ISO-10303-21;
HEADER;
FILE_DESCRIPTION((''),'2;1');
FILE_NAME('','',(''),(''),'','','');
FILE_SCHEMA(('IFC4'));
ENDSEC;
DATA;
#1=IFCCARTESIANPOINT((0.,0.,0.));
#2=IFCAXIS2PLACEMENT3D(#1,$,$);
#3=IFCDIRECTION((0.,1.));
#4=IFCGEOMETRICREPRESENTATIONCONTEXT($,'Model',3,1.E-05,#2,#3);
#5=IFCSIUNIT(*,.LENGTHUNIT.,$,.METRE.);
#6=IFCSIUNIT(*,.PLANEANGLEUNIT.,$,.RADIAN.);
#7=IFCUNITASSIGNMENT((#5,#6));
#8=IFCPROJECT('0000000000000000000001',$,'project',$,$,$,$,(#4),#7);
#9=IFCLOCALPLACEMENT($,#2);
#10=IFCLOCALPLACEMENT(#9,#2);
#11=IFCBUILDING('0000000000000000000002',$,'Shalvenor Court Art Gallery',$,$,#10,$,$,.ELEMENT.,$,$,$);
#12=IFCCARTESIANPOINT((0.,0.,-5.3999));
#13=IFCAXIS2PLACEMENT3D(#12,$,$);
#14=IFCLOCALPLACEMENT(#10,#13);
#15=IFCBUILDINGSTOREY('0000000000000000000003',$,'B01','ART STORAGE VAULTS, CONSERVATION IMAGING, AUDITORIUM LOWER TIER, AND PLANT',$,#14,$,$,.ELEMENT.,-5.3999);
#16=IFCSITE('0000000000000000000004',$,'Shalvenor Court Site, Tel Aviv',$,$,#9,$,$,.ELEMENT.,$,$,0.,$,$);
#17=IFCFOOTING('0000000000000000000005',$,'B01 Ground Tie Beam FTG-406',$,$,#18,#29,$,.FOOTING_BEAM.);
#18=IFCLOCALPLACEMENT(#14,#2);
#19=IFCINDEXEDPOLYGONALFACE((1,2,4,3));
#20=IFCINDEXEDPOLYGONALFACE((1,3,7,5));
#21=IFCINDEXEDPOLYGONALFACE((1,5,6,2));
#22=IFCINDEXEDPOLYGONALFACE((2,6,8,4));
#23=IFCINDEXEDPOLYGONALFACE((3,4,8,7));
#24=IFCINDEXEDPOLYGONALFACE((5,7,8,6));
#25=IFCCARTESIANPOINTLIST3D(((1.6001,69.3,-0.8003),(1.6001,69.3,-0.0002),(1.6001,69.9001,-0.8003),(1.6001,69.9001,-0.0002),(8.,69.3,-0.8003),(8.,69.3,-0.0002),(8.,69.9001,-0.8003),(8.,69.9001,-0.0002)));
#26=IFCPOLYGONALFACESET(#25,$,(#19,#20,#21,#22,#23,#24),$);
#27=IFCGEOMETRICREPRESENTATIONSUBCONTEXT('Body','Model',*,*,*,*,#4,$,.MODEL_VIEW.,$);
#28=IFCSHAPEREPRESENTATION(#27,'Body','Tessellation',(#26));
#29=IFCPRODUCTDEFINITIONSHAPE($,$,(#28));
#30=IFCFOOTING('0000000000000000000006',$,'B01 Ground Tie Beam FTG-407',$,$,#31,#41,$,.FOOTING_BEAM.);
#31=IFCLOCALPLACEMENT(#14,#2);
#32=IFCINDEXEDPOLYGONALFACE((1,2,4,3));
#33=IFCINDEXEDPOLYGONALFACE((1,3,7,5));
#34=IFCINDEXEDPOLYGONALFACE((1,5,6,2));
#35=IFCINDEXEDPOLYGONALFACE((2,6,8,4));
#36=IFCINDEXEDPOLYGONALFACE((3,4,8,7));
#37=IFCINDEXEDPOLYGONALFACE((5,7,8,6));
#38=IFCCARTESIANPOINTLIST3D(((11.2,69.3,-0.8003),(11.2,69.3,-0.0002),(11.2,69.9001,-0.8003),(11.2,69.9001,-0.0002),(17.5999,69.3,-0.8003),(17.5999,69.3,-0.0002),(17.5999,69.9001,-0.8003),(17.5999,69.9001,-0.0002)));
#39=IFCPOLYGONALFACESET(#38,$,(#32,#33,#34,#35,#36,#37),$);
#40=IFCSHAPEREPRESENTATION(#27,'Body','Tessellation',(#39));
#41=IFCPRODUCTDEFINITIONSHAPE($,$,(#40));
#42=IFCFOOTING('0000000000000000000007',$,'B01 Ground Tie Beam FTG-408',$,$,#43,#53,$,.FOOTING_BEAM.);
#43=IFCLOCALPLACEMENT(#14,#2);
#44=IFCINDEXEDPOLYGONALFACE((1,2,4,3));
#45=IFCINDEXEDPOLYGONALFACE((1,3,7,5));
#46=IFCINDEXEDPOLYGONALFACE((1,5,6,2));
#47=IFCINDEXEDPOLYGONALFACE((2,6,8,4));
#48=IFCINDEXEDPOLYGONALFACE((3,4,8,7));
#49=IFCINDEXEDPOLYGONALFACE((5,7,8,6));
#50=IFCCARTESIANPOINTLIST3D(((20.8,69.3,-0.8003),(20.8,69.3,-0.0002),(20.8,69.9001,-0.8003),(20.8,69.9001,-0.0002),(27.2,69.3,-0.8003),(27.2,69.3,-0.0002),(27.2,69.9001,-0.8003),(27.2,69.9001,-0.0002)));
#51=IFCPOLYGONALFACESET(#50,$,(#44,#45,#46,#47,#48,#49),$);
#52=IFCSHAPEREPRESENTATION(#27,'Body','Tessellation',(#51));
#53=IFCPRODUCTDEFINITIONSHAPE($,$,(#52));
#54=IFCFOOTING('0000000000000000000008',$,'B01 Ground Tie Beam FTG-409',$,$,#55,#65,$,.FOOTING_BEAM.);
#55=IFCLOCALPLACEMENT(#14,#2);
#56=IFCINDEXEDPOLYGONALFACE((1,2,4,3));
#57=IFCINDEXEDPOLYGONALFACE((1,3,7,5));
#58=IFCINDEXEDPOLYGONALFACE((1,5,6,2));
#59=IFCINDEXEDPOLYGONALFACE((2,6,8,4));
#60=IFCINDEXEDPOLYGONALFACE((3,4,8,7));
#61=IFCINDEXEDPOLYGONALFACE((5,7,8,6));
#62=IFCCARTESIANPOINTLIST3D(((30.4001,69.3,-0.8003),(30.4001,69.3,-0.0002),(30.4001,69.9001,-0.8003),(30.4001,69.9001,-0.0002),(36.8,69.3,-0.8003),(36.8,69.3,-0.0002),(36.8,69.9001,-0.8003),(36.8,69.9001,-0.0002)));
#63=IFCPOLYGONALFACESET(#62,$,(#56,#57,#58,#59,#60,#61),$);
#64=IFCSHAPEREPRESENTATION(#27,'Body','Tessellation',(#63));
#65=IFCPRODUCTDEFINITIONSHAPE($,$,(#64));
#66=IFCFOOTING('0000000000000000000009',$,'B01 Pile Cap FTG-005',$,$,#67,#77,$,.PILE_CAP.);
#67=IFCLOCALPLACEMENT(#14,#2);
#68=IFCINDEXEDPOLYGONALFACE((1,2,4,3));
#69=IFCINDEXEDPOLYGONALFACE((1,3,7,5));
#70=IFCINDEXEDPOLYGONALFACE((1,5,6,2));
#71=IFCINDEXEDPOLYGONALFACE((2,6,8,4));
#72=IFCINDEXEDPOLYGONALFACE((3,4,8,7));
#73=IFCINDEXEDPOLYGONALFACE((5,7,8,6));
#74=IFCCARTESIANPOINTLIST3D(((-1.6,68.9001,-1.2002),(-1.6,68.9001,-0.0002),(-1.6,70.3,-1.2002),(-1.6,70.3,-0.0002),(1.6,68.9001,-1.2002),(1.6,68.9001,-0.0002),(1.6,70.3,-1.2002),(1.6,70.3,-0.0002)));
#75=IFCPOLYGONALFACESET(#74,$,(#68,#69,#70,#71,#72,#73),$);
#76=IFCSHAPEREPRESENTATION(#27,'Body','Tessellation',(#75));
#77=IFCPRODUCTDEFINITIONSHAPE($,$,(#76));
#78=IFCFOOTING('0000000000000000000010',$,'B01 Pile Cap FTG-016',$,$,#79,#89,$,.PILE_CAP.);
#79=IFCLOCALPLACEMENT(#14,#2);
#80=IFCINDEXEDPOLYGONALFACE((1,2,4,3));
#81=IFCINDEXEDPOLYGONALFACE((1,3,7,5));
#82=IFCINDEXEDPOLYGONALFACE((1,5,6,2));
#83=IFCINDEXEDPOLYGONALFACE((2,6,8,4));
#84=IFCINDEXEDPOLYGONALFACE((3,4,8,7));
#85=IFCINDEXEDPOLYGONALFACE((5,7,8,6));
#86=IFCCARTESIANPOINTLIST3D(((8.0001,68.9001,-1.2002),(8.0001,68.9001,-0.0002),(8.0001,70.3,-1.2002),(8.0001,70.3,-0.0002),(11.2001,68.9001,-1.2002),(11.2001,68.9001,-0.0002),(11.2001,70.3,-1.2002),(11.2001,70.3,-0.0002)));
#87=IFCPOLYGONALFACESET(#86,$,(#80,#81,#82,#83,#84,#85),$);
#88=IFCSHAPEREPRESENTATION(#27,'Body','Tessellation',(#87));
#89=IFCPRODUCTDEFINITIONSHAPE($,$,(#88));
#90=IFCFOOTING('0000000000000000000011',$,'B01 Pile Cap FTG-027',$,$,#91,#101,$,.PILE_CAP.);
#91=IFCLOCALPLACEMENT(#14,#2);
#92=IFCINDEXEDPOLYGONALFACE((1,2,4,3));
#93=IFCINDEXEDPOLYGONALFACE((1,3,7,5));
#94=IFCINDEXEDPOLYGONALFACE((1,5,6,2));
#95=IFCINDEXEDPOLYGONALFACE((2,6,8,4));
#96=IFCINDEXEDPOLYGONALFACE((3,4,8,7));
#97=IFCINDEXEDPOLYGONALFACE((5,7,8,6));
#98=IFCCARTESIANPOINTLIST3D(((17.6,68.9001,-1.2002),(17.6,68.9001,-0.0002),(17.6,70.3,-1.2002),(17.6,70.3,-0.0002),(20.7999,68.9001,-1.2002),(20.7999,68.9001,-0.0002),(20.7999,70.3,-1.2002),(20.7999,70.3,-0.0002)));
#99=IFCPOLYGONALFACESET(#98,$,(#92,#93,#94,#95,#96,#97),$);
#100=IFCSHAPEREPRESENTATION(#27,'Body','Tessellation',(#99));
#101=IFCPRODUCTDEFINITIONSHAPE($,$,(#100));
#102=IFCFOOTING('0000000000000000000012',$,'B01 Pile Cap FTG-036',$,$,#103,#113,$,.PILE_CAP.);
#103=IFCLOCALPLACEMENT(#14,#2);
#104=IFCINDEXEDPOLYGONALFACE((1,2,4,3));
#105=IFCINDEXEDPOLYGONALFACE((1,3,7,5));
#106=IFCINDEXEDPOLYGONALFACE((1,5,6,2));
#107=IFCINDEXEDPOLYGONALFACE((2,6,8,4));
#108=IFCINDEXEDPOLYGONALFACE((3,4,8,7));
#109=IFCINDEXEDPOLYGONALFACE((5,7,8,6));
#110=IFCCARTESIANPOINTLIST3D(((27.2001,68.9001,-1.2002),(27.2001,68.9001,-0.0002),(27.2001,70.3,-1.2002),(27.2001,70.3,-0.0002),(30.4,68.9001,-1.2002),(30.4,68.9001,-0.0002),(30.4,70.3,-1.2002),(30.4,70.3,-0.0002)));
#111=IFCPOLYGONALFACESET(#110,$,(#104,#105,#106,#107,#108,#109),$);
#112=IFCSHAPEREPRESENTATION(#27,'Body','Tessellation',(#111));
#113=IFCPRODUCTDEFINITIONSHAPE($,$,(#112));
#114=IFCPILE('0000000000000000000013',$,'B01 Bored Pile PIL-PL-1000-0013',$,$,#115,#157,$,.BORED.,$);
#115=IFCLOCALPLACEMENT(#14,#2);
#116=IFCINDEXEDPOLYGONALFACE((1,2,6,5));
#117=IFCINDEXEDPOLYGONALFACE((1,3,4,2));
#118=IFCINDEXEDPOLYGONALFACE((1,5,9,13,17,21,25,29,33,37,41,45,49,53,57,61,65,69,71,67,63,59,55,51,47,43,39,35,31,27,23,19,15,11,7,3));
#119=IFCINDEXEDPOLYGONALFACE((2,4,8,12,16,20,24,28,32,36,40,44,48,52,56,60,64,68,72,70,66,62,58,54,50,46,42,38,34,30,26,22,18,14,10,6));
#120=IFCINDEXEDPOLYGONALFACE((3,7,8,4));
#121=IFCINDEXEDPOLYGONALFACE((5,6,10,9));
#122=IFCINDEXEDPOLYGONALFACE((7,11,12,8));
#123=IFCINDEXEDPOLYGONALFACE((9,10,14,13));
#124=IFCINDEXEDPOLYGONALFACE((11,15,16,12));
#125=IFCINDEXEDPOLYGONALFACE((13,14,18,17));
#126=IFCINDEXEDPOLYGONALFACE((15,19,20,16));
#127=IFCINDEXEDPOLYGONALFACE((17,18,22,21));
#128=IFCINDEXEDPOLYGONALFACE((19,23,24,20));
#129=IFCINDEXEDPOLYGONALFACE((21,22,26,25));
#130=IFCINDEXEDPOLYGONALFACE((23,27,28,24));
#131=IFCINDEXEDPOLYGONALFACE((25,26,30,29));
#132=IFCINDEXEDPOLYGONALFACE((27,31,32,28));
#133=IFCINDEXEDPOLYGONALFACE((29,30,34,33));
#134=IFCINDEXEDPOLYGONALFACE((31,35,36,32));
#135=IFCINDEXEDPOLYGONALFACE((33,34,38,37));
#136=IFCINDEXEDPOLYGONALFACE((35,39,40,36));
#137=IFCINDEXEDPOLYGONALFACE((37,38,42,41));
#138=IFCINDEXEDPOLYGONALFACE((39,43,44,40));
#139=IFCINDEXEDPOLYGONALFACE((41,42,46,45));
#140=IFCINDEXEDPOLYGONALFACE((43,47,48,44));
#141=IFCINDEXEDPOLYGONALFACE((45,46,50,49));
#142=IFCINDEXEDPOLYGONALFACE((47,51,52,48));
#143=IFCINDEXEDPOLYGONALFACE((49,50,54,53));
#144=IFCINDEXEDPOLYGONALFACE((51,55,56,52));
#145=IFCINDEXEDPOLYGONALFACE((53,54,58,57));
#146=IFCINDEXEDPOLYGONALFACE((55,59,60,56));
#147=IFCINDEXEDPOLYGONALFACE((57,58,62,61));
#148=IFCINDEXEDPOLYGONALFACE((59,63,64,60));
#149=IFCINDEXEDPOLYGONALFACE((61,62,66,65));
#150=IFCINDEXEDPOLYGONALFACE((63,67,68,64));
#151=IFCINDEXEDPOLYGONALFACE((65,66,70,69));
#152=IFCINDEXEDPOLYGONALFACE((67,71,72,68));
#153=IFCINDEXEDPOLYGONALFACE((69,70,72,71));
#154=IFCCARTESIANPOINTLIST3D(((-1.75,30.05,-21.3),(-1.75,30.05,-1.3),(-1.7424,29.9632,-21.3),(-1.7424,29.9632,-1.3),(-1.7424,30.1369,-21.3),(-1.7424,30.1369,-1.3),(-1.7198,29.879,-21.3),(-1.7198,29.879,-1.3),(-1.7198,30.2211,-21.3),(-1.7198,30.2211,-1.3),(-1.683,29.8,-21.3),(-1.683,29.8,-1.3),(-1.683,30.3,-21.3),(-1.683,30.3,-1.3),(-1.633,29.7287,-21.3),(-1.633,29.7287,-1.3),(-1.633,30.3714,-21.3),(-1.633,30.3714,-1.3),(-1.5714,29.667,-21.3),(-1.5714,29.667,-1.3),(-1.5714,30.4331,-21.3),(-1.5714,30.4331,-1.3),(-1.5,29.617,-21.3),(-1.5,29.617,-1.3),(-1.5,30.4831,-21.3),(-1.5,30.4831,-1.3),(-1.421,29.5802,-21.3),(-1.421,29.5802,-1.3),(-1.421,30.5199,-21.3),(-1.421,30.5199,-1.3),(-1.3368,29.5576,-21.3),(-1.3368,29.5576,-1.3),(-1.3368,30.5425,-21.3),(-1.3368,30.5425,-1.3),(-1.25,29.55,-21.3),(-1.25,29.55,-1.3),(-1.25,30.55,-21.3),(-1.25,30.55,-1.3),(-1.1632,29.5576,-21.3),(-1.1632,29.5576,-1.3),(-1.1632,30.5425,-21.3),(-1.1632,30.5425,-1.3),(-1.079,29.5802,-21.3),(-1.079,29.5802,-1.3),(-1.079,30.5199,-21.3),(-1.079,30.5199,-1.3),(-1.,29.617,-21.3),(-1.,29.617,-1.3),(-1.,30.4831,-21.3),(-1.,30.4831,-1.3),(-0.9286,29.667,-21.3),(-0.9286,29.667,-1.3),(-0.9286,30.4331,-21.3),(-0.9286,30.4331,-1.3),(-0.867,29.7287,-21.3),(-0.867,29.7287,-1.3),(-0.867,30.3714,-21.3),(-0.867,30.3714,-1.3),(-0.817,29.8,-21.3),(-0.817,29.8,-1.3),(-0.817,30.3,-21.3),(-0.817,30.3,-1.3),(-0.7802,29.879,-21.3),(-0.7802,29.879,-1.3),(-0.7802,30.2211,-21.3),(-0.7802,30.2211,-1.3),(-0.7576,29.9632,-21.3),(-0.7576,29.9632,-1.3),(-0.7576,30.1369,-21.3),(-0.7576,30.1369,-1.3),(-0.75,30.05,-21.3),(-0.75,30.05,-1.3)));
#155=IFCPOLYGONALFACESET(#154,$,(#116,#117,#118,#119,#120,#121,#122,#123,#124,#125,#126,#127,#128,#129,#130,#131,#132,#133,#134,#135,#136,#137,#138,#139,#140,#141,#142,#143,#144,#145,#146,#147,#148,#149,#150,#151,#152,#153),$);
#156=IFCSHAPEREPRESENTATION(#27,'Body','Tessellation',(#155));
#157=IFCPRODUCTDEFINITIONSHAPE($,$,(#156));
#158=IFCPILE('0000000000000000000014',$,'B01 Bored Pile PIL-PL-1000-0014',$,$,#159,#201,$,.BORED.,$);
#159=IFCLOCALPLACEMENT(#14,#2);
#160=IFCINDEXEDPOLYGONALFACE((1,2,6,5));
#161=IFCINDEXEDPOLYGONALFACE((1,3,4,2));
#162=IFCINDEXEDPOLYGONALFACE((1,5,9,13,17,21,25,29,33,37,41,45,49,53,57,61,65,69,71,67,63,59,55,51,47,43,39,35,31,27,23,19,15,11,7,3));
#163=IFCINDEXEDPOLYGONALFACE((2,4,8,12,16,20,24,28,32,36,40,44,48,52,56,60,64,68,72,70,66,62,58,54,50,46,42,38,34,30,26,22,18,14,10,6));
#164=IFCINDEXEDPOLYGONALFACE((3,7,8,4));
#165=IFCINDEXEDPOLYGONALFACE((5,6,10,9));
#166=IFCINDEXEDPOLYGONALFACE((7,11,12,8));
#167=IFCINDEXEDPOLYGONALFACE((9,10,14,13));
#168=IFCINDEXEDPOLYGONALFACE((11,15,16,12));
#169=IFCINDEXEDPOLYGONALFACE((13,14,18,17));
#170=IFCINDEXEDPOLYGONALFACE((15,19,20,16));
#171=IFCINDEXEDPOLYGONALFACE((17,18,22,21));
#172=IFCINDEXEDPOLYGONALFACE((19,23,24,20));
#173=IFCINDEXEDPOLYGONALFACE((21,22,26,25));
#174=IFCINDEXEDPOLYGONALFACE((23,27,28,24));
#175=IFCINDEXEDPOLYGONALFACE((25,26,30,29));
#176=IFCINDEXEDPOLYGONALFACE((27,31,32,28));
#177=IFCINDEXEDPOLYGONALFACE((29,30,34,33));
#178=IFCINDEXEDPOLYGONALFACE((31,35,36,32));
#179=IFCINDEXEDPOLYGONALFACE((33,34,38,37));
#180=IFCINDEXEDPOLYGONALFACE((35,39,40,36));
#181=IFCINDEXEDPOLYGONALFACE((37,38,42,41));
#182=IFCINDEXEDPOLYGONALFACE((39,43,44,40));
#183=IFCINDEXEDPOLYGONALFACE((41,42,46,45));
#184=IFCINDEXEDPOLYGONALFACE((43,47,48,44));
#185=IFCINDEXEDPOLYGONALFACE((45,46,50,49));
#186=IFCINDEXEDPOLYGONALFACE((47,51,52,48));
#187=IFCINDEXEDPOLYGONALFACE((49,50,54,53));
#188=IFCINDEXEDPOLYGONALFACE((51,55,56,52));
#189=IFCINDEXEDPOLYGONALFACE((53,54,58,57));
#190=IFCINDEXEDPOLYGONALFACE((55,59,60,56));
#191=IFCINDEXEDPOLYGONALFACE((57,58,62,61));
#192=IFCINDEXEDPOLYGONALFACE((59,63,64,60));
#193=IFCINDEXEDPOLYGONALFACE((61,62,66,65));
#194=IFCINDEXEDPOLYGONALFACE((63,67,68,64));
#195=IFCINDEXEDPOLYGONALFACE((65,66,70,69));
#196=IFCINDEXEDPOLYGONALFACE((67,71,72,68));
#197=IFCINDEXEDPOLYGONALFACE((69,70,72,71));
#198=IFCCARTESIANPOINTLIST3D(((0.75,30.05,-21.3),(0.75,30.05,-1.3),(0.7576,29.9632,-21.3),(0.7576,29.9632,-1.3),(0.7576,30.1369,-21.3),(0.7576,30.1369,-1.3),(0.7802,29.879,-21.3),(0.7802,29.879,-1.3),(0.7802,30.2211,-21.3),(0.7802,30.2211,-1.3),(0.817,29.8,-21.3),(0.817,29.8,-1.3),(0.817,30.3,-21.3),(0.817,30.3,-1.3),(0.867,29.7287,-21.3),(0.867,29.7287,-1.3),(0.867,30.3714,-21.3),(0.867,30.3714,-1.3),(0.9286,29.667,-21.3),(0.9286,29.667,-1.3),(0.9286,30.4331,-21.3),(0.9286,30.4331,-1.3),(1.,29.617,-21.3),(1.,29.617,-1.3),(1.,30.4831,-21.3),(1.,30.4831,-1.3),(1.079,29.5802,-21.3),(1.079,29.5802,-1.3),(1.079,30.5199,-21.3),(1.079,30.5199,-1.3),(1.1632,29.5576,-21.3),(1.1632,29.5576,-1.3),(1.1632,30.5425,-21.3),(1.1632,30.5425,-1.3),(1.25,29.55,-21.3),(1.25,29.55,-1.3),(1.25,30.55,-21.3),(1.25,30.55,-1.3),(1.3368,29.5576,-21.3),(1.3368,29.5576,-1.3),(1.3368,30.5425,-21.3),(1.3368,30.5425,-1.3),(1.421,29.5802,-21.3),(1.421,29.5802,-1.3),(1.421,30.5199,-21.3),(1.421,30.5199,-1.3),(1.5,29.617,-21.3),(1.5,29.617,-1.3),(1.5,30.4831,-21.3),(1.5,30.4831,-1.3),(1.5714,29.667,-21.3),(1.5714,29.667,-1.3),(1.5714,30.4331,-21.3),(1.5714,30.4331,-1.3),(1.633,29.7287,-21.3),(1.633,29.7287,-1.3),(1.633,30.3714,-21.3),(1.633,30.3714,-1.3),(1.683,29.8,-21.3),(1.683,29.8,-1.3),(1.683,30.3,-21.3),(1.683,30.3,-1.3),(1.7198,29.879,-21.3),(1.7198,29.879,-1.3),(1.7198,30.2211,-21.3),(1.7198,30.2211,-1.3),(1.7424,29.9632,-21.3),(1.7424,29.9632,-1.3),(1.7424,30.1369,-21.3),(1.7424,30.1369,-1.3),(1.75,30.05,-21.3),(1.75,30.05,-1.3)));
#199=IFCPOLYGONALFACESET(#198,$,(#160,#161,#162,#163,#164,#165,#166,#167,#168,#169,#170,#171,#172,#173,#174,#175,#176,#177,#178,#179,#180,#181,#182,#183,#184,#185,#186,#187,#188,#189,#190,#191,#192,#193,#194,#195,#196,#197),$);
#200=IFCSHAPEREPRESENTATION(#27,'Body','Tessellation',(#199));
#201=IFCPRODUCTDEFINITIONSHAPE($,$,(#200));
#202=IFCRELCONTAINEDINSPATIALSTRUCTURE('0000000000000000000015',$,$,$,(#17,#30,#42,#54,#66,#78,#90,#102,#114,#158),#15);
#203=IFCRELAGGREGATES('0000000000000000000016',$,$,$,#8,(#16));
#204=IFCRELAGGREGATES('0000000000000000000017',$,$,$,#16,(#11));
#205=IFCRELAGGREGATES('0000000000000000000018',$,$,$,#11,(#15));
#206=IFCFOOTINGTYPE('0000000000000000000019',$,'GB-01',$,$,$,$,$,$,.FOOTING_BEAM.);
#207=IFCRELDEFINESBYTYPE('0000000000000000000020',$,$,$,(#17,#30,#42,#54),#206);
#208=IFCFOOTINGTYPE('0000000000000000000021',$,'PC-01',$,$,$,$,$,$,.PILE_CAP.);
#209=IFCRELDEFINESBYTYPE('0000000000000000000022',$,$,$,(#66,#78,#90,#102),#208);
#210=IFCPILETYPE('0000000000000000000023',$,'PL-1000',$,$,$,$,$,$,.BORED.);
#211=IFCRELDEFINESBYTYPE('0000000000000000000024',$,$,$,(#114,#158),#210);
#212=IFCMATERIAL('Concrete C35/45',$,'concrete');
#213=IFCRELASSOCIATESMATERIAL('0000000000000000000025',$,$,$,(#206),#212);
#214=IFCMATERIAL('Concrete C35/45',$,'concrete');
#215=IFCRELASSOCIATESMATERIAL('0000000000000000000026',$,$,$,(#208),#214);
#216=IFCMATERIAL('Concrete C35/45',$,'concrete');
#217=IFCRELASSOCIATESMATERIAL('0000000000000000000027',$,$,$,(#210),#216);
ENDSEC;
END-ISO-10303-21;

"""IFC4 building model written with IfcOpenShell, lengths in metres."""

from ifc_helpers import new_model, si_unit, direction, frame, origin, origin_2d, place, context, subcontext, project, spatial, rectangle, circle, extrude, material, material_profile, profile_set, type_object, element, save


model = new_model("IFC4")

# Units and contexts
model_context = context("Model", 3, precision=1e-05, world=origin(), true_north=direction((0.0, 1.0)))
body_context = subcontext(model_context, "Body", "Model", "MODEL_VIEW")
ifc_project = project(units=[si_unit("LENGTHUNIT", "METRE"), si_unit("PLANEANGLEUNIT", "RADIAN")], contexts=[model_context])

# Site, building, storey
site_placement = place(None, origin())
site = spatial("IfcSite", under=ifc_project, at=site_placement, Name="Shalvenor Court Site, Tel Aviv", CompositionType="ELEMENT", RefElevation=0.0)
building_placement = place(site_placement, origin())
building = spatial("IfcBuilding", under=site, at=building_placement, Name="Shalvenor Court Art Gallery", CompositionType="ELEMENT")
storey_placement = place(building_placement, frame((0.0, 0.0, -5.3999)))
storey = spatial("IfcBuildingStorey", under=building, at=storey_placement, Name="B01", Description="ART STORAGE VAULTS, CONSERVATION IMAGING, AUDITORIUM LOWER TIER, AND PLANT", CompositionType="ELEMENT", Elevation=-5.3999)

# Footings
ifc_material_1 = material(Name="Concrete C35/45", Category="concrete")
footing_type_1 = type_object("IfcFootingType", Name="GB-01", PredefinedType="FOOTING_BEAM", material=ifc_material_1)
for number, where, z_axis, x_axis, name in (
    (1, (4.8, 69.6001, -0.8003), (0.0, 0.0, 1.0), (1.0, 0.0, 0.0), "B01 Ground Tie Beam FTG-406"),
    (2, (14.3999, 69.6001, -0.8003), (0.0, 0.0, 1.0), (1.0, 0.0, 0.0), "B01 Ground Tie Beam FTG-407"),
    (3, (24.0, 69.6001, -0.8003), (0.0, 0.0, 1.0), (1.0, 0.0, 0.0), "B01 Ground Tie Beam FTG-408"),
    (4, (33.6001, 69.6001, -0.8003), (0.0, 0.0, 1.0), (1.0, 0.0, 0.0), "B01 Ground Tie Beam FTG-409"),
):
    element("IfcFooting", number, at=place(storey_placement, frame(where, z_axis=z_axis, x_axis=x_axis)), inside=storey, type_object=footing_type_1, Name=name, PredefinedType="FOOTING_BEAM", context=body_context, shape_type="SweptSolid", body=[
        extrude(rectangle(XDim=6.3999, YDim=0.6001, at=origin_2d()), origin(), (0.0, 0.0, 1.0), 0.8),
    ])
ifc_material_2 = material(Name="Concrete C35/45", Category="concrete")
footing_type_2 = type_object("IfcFootingType", Name="PC-01", PredefinedType="PILE_CAP", material=ifc_material_2)
for number, where, z_axis, x_axis, name in (
    (5, (0.0, 69.6001, -1.2002), (0.0, 0.0, 1.0), (1.0, 0.0, 0.0), "B01 Pile Cap FTG-005"),
    (6, (9.6001, 69.6001, -1.2002), (0.0, 0.0, 1.0), (1.0, 0.0, 0.0), "B01 Pile Cap FTG-016"),
    (7, (19.2, 69.6001, -1.2002), (0.0, 0.0, 1.0), (1.0, 0.0, 0.0), "B01 Pile Cap FTG-027"),
    (8, (28.8, 69.6001, -1.2002), (0.0, 0.0, 1.0), (1.0, 0.0, 0.0), "B01 Pile Cap FTG-036"),
):
    element("IfcFooting", number, at=place(storey_placement, frame(where, z_axis=z_axis, x_axis=x_axis)), inside=storey, type_object=footing_type_2, Name=name, PredefinedType="PILE_CAP", context=body_context, shape_type="SweptSolid", body=[
        extrude(rectangle(XDim=3.2, YDim=1.3999, at=origin_2d()), origin(), (0.0, 0.0, 1.0), 1.2),
    ])

# Piles
ifc_material_3 = material(Name="Concrete C35/45", Category="concrete")
ifc_material_profile_1 = material_profile(ifc_material_3, circle(Radius=0.5, at=origin_2d()), Name="PILE 1000")
ifc_profile_set_1 = profile_set([ifc_material_profile_1], Name="Concrete C35/45")
pile_type_1 = type_object("IfcPileType", Name="PL-1000", PredefinedType="BORED", material=ifc_profile_set_1)
for number, where, z_axis, x_axis, name in (
    (9, (-1.25, 30.05, -1.3), (0.0, 0.0, -1.0), (1.0, 0.0, 0.0), "B01 Bored Pile PIL-PL-1000-0013"),
    (10, (1.25, 30.05, -1.3), (0.0, 0.0, -1.0), (1.0, 0.0, 0.0), "B01 Bored Pile PIL-PL-1000-0014"),
):
    element("IfcPile", number, at=place(storey_placement, frame(where, z_axis=z_axis, x_axis=x_axis)), inside=storey, type_object=pile_type_1, Name=name, PredefinedType="BORED", context=body_context, shape_type="SweptSolid", body=[
        extrude(circle(Radius=0.5, at=origin_2d()), origin(), (0.0, 0.0, 1.0), 20.0),
    ])

save(model, "model.ifc")
